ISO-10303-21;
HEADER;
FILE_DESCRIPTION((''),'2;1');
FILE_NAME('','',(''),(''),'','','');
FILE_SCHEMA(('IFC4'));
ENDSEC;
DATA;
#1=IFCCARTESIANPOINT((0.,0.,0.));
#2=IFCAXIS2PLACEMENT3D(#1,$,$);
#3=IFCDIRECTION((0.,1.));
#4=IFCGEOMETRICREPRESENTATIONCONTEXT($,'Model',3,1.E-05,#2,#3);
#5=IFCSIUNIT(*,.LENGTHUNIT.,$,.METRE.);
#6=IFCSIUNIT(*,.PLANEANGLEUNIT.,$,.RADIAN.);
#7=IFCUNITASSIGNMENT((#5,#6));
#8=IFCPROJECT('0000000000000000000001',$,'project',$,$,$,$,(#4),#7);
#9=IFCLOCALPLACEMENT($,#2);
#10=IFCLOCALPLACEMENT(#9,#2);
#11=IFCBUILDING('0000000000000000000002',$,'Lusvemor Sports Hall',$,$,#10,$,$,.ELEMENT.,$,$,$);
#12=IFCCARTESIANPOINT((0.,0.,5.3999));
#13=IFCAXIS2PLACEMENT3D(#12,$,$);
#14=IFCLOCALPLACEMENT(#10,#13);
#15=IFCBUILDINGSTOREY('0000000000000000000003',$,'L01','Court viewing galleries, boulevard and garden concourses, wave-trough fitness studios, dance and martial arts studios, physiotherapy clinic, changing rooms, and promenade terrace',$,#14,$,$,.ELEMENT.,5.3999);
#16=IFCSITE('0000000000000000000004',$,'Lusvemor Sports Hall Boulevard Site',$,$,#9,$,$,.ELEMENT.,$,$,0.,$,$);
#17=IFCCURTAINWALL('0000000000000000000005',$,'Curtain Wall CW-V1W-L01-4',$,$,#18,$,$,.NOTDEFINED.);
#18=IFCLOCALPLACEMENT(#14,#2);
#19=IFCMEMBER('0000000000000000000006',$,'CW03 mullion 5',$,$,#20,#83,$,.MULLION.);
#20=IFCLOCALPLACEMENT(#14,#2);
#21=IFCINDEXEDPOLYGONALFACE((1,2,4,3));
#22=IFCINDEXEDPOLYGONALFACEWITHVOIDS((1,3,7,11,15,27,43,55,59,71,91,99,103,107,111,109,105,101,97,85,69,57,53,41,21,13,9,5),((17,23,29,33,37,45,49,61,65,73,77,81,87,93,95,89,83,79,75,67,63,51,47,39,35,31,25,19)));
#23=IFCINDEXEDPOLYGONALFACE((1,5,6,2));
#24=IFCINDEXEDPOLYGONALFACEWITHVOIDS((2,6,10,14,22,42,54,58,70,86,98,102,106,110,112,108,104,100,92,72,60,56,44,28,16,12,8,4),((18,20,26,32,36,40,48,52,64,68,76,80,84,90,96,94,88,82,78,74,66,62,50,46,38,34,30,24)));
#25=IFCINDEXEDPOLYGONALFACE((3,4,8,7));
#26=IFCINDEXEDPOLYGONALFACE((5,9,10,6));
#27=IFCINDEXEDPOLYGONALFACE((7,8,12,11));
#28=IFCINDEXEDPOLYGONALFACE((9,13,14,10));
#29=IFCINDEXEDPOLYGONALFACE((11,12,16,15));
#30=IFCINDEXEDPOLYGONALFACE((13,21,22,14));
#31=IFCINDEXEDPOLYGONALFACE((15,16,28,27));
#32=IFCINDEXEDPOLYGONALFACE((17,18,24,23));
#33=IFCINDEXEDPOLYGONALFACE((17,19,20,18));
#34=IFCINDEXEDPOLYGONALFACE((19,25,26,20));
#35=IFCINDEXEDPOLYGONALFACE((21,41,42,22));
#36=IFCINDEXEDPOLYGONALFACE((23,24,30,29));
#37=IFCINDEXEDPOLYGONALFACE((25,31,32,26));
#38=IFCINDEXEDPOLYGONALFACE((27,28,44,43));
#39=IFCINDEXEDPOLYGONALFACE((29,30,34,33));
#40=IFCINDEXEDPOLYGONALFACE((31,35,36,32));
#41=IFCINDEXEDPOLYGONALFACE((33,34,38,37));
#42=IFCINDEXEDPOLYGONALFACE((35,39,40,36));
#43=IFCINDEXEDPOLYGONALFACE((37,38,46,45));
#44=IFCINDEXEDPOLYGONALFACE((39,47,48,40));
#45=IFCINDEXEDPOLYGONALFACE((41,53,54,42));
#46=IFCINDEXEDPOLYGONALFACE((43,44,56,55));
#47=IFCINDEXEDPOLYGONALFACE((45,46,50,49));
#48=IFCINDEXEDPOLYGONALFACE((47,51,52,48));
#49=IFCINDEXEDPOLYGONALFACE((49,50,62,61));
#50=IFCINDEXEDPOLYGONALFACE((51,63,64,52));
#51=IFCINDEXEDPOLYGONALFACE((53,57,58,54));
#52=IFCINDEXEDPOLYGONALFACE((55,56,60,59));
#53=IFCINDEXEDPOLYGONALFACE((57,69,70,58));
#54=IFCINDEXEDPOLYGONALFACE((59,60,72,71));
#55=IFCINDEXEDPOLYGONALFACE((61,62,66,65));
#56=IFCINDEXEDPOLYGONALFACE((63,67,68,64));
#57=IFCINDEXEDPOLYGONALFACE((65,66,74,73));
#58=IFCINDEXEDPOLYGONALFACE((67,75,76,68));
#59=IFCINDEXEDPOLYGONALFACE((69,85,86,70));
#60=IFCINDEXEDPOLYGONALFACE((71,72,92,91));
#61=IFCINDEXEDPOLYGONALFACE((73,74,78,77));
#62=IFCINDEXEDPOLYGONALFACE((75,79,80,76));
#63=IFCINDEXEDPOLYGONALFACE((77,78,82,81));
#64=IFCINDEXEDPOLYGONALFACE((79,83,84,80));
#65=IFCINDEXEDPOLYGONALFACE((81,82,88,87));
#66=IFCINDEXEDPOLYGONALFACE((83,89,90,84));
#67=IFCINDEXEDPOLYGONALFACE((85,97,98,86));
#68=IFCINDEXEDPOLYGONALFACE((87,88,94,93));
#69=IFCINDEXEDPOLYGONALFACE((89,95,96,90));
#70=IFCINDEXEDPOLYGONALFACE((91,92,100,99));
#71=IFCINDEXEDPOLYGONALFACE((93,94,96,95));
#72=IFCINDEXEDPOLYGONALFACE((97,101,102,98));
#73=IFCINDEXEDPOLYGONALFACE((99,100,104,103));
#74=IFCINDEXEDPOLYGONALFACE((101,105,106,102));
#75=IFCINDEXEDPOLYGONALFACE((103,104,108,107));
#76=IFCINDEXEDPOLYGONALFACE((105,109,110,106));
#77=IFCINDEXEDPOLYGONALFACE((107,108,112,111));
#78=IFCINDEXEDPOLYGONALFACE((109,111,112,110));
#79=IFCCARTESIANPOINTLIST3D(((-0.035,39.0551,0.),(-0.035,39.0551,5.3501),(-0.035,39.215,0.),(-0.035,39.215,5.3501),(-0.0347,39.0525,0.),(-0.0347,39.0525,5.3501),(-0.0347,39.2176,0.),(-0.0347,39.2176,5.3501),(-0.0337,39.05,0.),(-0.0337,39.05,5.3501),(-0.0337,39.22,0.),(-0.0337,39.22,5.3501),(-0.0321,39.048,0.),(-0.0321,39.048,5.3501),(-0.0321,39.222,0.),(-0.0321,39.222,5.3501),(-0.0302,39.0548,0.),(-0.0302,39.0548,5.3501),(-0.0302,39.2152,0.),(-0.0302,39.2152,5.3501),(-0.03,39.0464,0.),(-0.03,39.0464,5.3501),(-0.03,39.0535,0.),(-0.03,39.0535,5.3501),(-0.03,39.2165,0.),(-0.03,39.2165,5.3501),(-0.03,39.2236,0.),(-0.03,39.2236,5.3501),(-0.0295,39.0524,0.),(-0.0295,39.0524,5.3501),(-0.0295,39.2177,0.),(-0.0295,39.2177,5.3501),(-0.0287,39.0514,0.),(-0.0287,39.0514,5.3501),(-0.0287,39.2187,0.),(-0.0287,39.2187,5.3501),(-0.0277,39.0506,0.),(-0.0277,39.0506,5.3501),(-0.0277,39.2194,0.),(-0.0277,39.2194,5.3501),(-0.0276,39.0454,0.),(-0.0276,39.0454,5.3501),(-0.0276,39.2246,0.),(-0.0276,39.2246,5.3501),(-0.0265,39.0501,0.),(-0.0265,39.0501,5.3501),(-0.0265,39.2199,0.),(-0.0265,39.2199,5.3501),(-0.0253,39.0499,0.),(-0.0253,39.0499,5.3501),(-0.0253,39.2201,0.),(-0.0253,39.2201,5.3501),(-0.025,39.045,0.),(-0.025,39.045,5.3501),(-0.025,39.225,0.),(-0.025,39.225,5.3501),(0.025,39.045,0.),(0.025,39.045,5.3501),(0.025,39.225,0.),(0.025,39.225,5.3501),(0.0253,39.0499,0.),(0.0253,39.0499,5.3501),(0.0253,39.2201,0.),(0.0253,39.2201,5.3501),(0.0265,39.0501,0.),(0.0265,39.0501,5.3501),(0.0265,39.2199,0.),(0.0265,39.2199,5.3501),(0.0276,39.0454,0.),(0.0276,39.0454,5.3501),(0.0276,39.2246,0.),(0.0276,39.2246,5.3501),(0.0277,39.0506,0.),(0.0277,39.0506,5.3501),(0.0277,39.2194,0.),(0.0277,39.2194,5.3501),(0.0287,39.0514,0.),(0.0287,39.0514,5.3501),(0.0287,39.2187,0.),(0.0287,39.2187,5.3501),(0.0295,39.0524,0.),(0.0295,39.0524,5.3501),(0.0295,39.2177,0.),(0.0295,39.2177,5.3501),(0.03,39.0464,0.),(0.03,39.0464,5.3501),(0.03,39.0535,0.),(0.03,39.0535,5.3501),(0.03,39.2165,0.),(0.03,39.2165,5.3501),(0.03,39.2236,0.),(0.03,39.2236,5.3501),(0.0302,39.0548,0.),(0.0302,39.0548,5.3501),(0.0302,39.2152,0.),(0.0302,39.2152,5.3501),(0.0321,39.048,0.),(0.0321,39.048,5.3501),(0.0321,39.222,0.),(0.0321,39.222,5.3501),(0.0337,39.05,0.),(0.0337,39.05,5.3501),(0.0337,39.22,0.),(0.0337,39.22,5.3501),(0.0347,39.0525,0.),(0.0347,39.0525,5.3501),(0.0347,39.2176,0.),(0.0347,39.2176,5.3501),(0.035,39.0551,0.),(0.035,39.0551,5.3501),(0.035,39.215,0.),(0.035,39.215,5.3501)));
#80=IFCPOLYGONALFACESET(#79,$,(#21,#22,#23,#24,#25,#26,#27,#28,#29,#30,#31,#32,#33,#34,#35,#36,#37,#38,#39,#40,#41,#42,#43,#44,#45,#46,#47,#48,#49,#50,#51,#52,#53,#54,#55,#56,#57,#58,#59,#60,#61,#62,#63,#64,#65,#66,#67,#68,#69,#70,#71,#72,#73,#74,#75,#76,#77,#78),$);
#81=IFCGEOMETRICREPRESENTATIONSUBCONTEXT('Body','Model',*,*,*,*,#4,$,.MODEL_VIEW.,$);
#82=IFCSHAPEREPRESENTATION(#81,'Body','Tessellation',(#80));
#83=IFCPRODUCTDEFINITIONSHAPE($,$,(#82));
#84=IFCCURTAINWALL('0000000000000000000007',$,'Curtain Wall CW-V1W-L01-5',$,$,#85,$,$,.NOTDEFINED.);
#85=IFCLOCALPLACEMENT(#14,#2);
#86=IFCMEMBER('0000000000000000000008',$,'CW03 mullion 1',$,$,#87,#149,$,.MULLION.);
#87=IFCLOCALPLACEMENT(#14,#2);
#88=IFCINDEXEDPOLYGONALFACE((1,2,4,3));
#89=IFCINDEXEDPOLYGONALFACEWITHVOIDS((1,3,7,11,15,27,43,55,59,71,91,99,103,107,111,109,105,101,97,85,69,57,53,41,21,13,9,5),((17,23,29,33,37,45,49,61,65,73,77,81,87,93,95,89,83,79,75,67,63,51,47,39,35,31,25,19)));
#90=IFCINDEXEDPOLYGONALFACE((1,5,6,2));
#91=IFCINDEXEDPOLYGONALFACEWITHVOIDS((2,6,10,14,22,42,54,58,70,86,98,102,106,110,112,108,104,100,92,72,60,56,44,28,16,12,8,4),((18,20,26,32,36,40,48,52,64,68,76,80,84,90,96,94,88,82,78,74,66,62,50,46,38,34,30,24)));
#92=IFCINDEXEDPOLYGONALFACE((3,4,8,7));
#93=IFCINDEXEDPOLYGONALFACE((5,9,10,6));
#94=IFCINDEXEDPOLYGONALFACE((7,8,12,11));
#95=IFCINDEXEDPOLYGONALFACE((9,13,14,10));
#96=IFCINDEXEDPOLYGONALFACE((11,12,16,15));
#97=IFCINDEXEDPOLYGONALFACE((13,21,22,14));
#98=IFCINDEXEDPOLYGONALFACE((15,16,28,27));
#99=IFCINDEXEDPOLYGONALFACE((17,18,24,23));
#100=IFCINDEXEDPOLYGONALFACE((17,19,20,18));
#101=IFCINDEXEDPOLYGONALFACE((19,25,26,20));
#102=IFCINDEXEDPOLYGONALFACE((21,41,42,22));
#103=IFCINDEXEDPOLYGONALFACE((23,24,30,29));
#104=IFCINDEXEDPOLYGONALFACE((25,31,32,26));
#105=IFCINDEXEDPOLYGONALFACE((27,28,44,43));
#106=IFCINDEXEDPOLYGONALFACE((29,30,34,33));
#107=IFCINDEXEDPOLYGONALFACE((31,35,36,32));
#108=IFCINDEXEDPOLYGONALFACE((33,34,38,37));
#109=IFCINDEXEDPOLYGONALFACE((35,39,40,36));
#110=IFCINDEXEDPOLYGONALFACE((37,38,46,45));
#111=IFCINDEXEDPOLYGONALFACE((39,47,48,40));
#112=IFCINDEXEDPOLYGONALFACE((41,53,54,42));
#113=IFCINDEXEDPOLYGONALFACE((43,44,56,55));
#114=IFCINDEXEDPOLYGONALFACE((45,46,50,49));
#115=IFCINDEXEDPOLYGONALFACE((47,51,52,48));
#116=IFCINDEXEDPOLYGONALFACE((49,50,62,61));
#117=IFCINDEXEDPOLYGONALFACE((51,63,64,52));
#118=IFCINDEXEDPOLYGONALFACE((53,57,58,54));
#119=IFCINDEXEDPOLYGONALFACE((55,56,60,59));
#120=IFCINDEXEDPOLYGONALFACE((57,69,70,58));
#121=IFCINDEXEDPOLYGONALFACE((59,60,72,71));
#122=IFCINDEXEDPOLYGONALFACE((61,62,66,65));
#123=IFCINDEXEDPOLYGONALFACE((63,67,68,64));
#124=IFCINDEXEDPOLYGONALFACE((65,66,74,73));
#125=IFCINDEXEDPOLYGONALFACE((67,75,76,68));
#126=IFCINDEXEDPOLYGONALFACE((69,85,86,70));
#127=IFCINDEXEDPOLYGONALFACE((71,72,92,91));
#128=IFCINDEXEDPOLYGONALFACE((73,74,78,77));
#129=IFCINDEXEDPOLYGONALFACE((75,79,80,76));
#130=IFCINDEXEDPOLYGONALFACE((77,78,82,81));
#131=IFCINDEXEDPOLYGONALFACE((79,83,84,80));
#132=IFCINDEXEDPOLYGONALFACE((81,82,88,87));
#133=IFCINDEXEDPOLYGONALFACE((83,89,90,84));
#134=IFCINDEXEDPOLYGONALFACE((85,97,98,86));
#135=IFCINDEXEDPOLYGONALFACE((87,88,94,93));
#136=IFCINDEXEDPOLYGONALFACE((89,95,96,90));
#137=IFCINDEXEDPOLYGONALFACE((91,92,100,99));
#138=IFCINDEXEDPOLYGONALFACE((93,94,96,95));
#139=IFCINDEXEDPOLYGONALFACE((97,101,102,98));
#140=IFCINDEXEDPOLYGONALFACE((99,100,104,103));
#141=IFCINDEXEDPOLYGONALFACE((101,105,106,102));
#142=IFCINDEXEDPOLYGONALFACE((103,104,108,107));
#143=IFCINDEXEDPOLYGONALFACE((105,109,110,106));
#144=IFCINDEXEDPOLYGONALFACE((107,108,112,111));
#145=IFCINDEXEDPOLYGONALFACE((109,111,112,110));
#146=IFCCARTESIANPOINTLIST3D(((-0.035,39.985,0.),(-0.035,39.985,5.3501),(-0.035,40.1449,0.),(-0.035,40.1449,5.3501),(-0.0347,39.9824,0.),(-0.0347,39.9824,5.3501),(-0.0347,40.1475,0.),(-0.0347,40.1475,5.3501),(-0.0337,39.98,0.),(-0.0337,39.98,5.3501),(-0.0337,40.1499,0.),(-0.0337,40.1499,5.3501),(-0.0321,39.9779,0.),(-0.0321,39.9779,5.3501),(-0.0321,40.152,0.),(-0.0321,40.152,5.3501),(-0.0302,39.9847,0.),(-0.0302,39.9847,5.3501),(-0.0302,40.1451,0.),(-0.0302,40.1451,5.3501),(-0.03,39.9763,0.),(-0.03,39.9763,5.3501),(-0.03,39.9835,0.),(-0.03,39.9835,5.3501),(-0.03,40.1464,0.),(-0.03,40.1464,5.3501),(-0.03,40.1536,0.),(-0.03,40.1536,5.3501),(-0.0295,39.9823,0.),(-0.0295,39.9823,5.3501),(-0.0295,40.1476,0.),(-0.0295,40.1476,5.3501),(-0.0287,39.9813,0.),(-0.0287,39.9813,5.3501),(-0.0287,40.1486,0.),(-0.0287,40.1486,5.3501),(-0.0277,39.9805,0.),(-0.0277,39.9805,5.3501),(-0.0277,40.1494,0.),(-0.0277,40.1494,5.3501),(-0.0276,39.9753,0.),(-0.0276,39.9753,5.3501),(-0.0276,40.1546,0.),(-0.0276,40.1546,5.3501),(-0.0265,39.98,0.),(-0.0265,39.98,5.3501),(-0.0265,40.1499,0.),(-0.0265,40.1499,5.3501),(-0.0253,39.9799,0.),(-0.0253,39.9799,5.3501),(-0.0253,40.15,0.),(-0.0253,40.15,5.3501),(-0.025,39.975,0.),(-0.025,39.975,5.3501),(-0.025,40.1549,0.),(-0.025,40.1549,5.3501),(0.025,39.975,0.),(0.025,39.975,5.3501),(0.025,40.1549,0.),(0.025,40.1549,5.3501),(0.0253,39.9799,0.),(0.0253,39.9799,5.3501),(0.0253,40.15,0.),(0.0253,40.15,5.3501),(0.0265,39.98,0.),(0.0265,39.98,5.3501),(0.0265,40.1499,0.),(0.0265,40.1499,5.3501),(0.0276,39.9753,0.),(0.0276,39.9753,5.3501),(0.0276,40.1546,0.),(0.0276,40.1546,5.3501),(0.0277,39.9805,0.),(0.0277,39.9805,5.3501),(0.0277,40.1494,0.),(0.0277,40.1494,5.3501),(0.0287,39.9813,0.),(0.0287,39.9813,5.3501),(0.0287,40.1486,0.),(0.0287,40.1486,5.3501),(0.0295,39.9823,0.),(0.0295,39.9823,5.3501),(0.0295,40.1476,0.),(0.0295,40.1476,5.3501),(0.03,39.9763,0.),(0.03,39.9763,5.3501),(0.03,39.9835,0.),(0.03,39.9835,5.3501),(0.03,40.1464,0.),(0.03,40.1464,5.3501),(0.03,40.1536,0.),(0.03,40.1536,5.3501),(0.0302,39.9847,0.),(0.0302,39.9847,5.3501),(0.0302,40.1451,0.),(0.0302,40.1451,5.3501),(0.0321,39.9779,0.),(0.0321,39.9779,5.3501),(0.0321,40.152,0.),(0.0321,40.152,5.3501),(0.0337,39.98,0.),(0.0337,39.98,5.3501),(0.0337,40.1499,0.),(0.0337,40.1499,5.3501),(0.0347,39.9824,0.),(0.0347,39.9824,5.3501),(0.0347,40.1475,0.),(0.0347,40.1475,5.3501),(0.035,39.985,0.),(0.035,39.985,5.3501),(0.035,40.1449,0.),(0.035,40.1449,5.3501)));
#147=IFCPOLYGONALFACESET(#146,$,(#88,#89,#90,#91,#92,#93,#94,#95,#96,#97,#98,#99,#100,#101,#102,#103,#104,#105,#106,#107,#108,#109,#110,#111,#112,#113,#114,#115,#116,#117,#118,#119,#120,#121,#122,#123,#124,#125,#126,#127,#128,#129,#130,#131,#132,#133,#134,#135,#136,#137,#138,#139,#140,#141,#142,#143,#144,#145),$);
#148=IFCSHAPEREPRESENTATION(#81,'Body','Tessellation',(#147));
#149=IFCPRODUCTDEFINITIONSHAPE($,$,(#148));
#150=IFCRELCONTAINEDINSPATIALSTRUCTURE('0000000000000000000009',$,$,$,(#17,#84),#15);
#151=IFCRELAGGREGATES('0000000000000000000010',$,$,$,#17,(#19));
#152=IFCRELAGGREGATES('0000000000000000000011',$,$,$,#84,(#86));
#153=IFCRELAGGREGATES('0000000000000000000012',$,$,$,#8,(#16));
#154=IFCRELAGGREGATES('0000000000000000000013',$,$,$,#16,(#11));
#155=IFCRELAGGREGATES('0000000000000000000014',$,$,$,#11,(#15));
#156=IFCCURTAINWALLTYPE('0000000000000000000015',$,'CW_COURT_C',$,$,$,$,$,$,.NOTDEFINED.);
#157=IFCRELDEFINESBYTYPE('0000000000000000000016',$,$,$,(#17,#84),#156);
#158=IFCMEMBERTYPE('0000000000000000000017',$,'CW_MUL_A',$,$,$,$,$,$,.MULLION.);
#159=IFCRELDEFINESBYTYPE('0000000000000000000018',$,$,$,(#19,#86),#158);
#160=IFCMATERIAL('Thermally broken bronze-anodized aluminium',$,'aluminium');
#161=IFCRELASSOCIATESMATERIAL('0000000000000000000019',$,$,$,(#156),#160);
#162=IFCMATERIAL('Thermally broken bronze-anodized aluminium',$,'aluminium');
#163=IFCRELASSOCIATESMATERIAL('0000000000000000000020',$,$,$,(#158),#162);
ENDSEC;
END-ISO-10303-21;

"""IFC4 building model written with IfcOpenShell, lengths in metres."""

from ifc_helpers import new_model, si_unit, direction, frame, origin, origin_2d, place, context, subcontext, project, spatial, hollow_rectangle, extrude, material, material_profile, profile_set, type_object, element, aggregate, save


model = new_model("IFC4")

# Units and contexts
model_context = context("Model", 3, precision=1e-05, world=origin(), true_north=direction((0.0, 1.0)))
body_context = subcontext(model_context, "Body", "Model", "MODEL_VIEW")
ifc_project = project(units=[si_unit("LENGTHUNIT", "METRE"), si_unit("PLANEANGLEUNIT", "RADIAN")], contexts=[model_context])

# Site, building, storey
site_placement = place(None, origin())
site = spatial("IfcSite", under=ifc_project, at=site_placement, Name="Lusvemor Sports Hall Boulevard Site", CompositionType="ELEMENT", RefElevation=0.0)
building_placement = place(site_placement, origin())
building = spatial("IfcBuilding", under=site, at=building_placement, Name="Lusvemor Sports Hall", CompositionType="ELEMENT")
storey_placement = place(building_placement, frame((0.0, 0.0, 5.3999)))
storey = spatial("IfcBuildingStorey", under=building, at=storey_placement, Name="L01", Description="Court viewing galleries, boulevard and garden concourses, wave-trough fitness studios, dance and martial arts studios, physiotherapy clinic, changing rooms, and promenade terrace", CompositionType="ELEMENT", Elevation=5.3999)

# Curtain wall, member
ifc_material_1 = material(Name="Thermally broken bronze-anodized aluminium", Category="aluminium")
curtain_wall_type = type_object("IfcCurtainWallType", Name="CW_COURT_C", PredefinedType="NOTDEFINED", material=ifc_material_1)
curtain_wall_1_placement = place(storey_placement, origin())
curtain_wall_1 = element("IfcCurtainWall", 1, at=curtain_wall_1_placement, inside=storey, type_object=curtain_wall_type, Name="Curtain Wall CW-V1W-L01-4", PredefinedType="NOTDEFINED")
ifc_material_2 = material(Name="Thermally broken bronze-anodized aluminium", Category="aluminium")
ifc_material_profile_1 = material_profile(ifc_material_2, hollow_rectangle(XDim=0.0701, YDim=0.1799, WallThickness=0.0049, InnerFilletRadius=0.0049, OuterFilletRadius=0.01, at=origin_2d()), Name="CWMUL180x70x5")
ifc_profile_set_1 = profile_set([ifc_material_profile_1], Name="Thermally broken bronze-anodized aluminium")
member_type_1 = type_object("IfcMemberType", Name="CW_MUL_A", PredefinedType="MULLION", material=ifc_profile_set_1)
member_1_placement = place(storey_placement, frame((0.0, 39.135, 0.0), z_axis=(0.0, 0.0, 1.0), x_axis=(-1.0, 0.0, 0.0)))
member_1 = element("IfcMember", 2, at=member_1_placement, type_object=member_type_1, Name="CW03 mullion 5", PredefinedType="MULLION", context=body_context, shape_type="SweptSolid", body=[
    extrude(hollow_rectangle(XDim=0.0701, YDim=0.1799, WallThickness=0.0049, InnerFilletRadius=0.0049, OuterFilletRadius=0.01, at=origin_2d()), origin(), (0.0, 0.0, 1.0), 5.3501),
])

# Curtain wall, member
curtain_wall_2_placement = place(storey_placement, origin())
curtain_wall_2 = element("IfcCurtainWall", 3, at=curtain_wall_2_placement, inside=storey, type_object=curtain_wall_type, Name="Curtain Wall CW-V1W-L01-5", PredefinedType="NOTDEFINED")
member_2_placement = place(storey_placement, frame((0.0, 40.0649, 0.0), z_axis=(0.0, 0.0, 1.0), x_axis=(-1.0, 0.0, 0.0)))
member_2 = element("IfcMember", 4, at=member_2_placement, type_object=member_type_1, Name="CW03 mullion 1", PredefinedType="MULLION", context=body_context, shape_type="SweptSolid", body=[
    extrude(hollow_rectangle(XDim=0.0701, YDim=0.1799, WallThickness=0.0049, InnerFilletRadius=0.0049, OuterFilletRadius=0.01, at=origin_2d()), origin(), (0.0, 0.0, 1.0), 5.3501),
])

aggregate(curtain_wall_1, [member_1])
aggregate(curtain_wall_2, [member_2])

save(model, "model.ifc")
